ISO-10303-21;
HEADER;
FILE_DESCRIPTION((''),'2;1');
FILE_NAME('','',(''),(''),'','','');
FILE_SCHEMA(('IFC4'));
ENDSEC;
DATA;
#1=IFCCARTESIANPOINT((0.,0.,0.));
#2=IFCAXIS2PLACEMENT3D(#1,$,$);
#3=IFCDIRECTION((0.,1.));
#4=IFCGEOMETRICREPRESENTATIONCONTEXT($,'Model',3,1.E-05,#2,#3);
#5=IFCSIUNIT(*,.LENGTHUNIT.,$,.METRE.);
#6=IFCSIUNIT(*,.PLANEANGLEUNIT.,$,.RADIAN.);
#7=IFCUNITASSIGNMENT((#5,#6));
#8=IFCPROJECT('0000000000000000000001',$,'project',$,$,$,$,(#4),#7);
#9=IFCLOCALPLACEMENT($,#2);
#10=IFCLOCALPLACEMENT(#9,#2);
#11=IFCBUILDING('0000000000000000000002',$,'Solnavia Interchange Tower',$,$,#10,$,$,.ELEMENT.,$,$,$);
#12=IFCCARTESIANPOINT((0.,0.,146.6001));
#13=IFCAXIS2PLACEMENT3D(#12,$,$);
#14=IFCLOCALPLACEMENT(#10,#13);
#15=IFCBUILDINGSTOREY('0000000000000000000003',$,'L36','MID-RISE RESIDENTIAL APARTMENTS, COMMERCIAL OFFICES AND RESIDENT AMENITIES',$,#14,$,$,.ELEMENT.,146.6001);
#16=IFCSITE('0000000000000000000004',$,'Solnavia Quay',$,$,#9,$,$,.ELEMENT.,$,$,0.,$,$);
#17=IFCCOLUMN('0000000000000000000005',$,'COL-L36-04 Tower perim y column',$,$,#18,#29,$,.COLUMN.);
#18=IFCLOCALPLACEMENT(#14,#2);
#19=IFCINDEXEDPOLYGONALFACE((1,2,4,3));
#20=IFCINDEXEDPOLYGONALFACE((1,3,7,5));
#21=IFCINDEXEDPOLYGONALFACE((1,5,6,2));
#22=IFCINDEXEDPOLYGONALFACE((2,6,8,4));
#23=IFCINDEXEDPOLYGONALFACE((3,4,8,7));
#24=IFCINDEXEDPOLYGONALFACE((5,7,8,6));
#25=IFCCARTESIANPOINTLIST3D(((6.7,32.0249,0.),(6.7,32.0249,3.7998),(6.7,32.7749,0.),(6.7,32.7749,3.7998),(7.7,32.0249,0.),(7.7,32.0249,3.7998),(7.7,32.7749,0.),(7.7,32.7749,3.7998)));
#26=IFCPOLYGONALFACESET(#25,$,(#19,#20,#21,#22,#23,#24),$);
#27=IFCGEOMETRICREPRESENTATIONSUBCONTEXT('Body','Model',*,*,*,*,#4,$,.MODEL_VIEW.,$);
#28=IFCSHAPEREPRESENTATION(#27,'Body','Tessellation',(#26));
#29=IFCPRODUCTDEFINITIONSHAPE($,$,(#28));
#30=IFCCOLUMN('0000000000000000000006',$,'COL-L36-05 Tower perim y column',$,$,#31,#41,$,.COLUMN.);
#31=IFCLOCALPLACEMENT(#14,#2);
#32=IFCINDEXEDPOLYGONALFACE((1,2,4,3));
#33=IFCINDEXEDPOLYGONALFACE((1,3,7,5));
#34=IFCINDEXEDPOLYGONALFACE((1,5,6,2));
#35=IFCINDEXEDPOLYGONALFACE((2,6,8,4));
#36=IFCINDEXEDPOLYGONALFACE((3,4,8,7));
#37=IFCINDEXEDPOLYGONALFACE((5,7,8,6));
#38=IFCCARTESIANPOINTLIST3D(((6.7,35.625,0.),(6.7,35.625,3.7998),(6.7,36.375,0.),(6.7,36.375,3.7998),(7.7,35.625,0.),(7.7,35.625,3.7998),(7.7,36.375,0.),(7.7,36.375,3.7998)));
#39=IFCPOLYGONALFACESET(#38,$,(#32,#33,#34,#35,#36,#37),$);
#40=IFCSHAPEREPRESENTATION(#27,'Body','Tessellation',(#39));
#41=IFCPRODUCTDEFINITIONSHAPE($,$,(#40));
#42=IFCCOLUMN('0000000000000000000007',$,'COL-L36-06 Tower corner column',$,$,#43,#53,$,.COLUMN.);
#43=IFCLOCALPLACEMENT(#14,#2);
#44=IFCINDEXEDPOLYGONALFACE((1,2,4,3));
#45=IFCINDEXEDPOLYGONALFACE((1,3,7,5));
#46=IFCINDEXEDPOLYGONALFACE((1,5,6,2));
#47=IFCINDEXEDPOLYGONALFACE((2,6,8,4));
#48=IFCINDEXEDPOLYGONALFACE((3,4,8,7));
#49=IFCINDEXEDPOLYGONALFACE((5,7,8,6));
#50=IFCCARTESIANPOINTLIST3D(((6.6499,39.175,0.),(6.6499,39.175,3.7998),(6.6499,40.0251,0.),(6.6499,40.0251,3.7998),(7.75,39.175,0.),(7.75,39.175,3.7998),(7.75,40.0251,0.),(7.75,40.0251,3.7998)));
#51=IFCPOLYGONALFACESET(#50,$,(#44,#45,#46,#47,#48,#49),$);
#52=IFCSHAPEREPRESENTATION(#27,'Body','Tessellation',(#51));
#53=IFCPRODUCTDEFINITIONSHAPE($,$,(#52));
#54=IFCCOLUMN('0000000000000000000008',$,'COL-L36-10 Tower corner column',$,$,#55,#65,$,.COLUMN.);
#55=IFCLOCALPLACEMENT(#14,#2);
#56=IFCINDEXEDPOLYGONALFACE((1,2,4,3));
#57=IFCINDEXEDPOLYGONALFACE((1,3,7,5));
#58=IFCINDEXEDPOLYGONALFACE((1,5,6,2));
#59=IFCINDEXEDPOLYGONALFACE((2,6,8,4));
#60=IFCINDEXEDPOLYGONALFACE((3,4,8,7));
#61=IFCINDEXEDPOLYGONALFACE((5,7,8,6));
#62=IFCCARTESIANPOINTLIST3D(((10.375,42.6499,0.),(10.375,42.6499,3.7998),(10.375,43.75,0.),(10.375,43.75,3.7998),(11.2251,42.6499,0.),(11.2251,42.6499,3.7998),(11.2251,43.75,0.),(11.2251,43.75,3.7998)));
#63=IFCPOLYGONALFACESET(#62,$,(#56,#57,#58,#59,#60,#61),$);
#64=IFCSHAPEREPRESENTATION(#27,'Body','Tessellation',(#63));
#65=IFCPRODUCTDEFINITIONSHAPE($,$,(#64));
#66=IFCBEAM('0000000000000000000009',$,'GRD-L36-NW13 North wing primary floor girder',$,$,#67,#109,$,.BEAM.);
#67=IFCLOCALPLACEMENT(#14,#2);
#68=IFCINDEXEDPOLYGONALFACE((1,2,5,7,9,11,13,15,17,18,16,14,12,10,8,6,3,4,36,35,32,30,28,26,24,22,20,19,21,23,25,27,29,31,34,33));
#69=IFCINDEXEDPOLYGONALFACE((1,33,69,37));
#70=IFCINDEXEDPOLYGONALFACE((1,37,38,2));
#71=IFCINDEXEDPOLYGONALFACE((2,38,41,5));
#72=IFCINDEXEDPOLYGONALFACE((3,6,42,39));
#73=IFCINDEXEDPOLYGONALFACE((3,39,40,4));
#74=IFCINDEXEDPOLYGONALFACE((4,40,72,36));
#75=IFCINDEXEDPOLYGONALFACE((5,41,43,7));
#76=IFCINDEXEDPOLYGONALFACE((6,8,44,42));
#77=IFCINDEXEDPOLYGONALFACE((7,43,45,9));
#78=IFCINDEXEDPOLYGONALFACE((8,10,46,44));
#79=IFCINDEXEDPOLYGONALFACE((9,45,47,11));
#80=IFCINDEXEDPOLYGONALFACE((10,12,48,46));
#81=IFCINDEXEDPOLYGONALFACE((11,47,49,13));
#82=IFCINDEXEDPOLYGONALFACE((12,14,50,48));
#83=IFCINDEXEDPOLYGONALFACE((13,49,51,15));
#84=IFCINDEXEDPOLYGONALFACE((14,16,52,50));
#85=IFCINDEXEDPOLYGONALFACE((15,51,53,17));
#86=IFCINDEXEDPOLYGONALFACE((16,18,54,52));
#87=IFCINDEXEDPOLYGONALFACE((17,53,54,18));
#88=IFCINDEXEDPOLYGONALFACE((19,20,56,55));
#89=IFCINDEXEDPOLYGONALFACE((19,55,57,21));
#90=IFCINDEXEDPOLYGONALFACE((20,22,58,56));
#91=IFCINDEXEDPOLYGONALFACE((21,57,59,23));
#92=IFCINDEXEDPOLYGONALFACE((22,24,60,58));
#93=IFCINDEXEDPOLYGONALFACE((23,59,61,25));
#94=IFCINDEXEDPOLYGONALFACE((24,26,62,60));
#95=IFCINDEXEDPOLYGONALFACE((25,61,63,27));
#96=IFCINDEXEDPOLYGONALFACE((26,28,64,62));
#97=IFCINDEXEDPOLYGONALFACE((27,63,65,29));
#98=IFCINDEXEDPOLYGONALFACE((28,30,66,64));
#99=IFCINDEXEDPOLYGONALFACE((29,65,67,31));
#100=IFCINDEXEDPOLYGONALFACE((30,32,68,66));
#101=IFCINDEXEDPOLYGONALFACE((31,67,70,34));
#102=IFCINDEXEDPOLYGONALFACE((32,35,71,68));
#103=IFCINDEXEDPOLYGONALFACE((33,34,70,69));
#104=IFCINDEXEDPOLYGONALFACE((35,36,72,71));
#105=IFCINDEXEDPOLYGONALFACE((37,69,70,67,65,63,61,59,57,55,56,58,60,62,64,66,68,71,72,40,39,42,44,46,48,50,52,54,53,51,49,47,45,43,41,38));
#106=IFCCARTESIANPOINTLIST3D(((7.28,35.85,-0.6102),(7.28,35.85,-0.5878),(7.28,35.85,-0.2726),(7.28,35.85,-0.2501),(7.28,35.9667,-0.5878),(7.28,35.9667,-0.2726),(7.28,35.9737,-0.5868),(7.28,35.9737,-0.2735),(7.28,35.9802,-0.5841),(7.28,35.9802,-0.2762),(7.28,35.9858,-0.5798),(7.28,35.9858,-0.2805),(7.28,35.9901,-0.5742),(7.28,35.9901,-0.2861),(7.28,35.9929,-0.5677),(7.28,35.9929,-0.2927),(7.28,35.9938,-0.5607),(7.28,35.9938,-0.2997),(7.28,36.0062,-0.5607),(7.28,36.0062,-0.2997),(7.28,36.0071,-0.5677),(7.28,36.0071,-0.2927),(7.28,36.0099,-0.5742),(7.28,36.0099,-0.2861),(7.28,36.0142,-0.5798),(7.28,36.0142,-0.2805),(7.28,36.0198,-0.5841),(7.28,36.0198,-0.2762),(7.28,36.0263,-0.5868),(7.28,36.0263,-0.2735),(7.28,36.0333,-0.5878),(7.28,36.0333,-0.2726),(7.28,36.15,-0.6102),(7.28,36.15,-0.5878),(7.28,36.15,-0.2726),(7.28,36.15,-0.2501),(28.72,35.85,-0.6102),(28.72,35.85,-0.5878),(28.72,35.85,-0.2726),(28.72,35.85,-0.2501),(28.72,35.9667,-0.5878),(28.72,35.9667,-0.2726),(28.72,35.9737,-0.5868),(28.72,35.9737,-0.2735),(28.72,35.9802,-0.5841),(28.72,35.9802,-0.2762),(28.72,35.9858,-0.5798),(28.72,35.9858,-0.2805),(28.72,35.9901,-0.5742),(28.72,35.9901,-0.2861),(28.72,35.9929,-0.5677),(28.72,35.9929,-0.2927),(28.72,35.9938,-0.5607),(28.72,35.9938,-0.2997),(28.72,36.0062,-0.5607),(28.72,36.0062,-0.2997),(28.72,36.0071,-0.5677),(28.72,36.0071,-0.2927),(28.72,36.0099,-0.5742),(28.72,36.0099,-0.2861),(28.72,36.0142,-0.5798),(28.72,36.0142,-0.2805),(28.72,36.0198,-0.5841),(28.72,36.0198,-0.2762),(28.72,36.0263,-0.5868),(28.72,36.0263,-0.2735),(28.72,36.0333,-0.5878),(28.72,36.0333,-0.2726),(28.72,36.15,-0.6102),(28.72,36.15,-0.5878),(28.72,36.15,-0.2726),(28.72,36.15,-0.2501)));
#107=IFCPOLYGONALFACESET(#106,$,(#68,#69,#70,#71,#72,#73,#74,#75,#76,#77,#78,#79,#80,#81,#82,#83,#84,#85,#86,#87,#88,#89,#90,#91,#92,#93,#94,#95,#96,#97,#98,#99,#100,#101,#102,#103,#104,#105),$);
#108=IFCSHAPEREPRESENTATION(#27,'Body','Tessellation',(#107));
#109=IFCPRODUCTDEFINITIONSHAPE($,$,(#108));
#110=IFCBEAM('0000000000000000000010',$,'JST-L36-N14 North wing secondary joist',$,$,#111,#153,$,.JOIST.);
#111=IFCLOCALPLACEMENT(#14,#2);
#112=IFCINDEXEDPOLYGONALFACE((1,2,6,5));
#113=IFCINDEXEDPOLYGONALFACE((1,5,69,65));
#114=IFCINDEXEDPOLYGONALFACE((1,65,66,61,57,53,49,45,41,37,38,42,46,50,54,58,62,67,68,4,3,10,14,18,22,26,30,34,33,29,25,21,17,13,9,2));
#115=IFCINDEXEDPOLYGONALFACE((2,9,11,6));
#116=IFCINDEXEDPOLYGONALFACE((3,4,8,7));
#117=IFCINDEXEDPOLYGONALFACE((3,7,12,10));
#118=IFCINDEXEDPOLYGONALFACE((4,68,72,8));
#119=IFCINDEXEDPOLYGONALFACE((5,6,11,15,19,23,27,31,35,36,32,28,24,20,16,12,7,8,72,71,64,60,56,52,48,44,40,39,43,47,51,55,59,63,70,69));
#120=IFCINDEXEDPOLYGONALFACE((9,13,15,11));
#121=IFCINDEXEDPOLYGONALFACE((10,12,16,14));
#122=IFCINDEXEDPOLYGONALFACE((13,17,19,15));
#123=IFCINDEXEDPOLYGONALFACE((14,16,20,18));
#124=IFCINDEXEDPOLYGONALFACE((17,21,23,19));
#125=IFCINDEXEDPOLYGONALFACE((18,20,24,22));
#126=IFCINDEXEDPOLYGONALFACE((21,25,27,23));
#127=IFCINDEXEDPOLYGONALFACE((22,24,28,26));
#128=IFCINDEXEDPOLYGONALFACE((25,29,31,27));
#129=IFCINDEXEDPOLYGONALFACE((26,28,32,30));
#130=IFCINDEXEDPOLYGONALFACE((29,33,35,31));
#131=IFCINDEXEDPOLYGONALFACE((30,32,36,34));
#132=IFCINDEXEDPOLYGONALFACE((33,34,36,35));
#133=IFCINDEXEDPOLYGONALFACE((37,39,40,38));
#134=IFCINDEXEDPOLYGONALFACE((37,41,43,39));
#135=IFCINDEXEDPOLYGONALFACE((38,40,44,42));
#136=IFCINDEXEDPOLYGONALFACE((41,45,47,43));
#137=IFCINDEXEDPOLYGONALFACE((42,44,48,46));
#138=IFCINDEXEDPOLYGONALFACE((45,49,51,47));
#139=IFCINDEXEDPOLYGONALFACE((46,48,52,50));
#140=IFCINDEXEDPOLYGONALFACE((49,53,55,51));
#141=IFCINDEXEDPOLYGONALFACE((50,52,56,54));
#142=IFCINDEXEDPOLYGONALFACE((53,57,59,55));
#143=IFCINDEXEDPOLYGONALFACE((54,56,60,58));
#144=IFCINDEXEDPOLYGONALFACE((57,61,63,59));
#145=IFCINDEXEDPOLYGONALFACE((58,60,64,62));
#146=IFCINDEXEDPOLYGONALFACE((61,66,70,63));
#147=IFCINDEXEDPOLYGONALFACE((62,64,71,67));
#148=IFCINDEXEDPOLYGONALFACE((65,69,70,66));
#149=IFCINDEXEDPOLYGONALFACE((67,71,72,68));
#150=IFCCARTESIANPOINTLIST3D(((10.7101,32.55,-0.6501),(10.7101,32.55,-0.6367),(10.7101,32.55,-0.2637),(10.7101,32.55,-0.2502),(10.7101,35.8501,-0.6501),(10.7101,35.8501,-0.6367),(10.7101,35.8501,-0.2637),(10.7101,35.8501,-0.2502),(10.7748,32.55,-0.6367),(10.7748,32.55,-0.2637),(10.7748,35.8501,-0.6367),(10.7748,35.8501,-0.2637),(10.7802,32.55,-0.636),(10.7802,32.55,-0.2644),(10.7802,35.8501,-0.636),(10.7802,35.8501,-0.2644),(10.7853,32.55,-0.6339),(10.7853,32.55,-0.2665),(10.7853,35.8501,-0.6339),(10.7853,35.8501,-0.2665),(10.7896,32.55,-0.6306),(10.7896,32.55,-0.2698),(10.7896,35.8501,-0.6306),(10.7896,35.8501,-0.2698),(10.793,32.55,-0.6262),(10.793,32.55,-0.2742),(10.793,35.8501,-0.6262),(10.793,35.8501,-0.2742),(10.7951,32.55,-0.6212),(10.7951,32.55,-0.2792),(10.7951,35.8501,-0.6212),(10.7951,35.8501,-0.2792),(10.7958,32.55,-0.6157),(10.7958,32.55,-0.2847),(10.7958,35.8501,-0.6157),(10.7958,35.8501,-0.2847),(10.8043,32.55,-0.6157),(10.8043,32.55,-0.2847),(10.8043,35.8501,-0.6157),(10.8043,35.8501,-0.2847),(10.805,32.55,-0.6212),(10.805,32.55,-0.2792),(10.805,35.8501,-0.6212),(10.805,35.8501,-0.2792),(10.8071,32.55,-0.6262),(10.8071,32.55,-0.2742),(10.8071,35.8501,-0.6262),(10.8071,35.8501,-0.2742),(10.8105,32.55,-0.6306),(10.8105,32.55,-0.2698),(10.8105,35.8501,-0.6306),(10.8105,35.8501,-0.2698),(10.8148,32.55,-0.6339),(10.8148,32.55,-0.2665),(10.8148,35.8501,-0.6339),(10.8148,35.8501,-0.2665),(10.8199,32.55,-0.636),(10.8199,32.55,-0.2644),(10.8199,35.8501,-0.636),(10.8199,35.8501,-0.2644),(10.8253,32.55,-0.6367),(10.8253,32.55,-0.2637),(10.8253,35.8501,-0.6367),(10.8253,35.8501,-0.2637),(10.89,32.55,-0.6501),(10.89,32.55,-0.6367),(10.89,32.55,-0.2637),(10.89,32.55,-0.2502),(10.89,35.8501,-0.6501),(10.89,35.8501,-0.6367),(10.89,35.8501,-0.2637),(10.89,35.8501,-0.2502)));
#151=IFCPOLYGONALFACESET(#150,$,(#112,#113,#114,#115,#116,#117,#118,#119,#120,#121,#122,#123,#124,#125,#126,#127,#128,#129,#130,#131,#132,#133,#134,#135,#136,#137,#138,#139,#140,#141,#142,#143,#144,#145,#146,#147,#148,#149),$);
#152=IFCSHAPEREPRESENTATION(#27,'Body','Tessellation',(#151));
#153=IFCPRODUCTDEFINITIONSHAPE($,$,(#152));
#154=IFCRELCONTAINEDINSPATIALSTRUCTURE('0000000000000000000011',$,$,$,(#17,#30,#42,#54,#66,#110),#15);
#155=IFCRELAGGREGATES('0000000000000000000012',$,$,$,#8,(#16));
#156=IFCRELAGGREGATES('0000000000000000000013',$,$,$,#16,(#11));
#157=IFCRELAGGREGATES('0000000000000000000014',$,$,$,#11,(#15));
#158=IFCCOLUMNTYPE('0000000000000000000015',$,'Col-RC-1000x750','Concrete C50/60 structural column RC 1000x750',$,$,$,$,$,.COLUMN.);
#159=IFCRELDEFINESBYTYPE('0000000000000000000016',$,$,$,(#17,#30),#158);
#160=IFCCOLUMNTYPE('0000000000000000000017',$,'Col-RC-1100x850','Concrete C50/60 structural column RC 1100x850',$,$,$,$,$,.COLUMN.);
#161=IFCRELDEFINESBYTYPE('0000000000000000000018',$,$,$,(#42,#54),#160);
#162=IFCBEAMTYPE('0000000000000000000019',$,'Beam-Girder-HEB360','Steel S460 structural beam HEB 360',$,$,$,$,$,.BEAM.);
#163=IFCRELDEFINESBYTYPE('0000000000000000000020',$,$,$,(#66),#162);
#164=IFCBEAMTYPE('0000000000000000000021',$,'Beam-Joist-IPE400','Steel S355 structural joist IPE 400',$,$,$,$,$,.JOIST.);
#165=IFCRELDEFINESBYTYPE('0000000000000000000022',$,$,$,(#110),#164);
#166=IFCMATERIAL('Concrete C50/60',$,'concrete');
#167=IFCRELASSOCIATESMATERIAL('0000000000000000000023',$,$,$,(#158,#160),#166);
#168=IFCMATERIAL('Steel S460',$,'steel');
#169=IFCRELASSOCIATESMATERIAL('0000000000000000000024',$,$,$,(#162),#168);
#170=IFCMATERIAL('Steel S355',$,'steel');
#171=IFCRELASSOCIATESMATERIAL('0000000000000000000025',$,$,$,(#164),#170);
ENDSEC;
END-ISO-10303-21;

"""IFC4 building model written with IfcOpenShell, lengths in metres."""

from ifc_helpers import new_model, si_unit, direction, frame, origin, origin_2d, place, context, subcontext, project, spatial, rectangle, i_section, extrude, material, material_profile, profile_set, type_object, element, save


model = new_model("IFC4")

# Units and contexts
model_context = context("Model", 3, precision=1e-05, world=origin(), true_north=direction((0.0, 1.0)))
body_context = subcontext(model_context, "Body", "Model", "MODEL_VIEW")
ifc_project = project(units=[si_unit("LENGTHUNIT", "METRE"), si_unit("PLANEANGLEUNIT", "RADIAN")], contexts=[model_context])

# Site, building, storey
site_placement = place(None, origin())
site = spatial("IfcSite", under=ifc_project, at=site_placement, Name="Solnavia Quay", CompositionType="ELEMENT", RefElevation=0.0)
building_placement = place(site_placement, origin())
building = spatial("IfcBuilding", under=site, at=building_placement, Name="Solnavia Interchange Tower", CompositionType="ELEMENT")
storey_placement = place(building_placement, frame((0.0, 0.0, 146.6001)))
storey = spatial("IfcBuildingStorey", under=building, at=storey_placement, Name="L36", Description="MID-RISE RESIDENTIAL APARTMENTS, COMMERCIAL OFFICES AND RESIDENT AMENITIES", CompositionType="ELEMENT", Elevation=146.6001)

# Columns
ifc_material_1 = material(Name="Concrete C50/60", Category="concrete")
ifc_material_profile_1 = material_profile(ifc_material_1, rectangle(XDim=0.75, YDim=1.0, at=origin_2d()), Name="RC 1000x750")
ifc_profile_set_1 = profile_set([ifc_material_profile_1], Name="Concrete C50/60")
column_type_1 = type_object("IfcColumnType", Name="Col-RC-1000x750", Description="Concrete C50/60 structural column RC 1000x750", PredefinedType="COLUMN", material=ifc_profile_set_1)
for number, where, z_axis, x_axis, name in (
    (1, (7.2, 32.3999, 0.0), (0.0, 0.0, 1.0), (0.0, 1.0, 0.0), "COL-L36-04 Tower perim y column"),
    (2, (7.2, 36.0, 0.0), (0.0, 0.0, 1.0), (0.0, 1.0, 0.0), "COL-L36-05 Tower perim y column"),
):
    element("IfcColumn", number, at=place(storey_placement, frame(where, z_axis=z_axis, x_axis=x_axis)), inside=storey, type_object=column_type_1, Name=name, PredefinedType="COLUMN", context=body_context, shape_type="SweptSolid", body=[
        extrude(rectangle(XDim=0.75, YDim=1.0, at=origin_2d()), origin(), (0.0, 0.0, 1.0), 3.7998),
    ])
ifc_material_profile_2 = material_profile(ifc_material_1, rectangle(XDim=0.8501, YDim=1.1001, at=origin_2d()), Name="RC 1100x850")
ifc_profile_set_2 = profile_set([ifc_material_profile_2], Name="Concrete C50/60")
column_type_2 = type_object("IfcColumnType", Name="Col-RC-1100x850", Description="Concrete C50/60 structural column RC 1100x850", PredefinedType="COLUMN", material=ifc_profile_set_2)
for number, where, z_axis, x_axis, name in (
    (3, (7.2, 39.6001, 0.0), (0.0, 0.0, 1.0), (0.0, 1.0, 0.0), "COL-L36-06 Tower corner column"),
    (4, (10.8, 43.2, 0.0), (0.0, 0.0, 1.0), (1.0, 0.0, 0.0), "COL-L36-10 Tower corner column"),
):
    element("IfcColumn", number, at=place(storey_placement, frame(where, z_axis=z_axis, x_axis=x_axis)), inside=storey, type_object=column_type_2, Name=name, PredefinedType="COLUMN", context=body_context, shape_type="SweptSolid", body=[
        extrude(rectangle(XDim=0.8501, YDim=1.1001, at=origin_2d()), origin(), (0.0, 0.0, 1.0), 3.7998),
    ])

# Beams
ifc_material_2 = material(Name="Steel S460", Category="steel")
ifc_material_profile_3 = material_profile(ifc_material_2, i_section(OverallWidth=0.3, OverallDepth=0.3601, WebThickness=0.0125, FlangeThickness=0.0225, FilletRadius=0.0271, at=origin_2d()), Name="HEB 360")
ifc_profile_set_3 = profile_set([ifc_material_profile_3], Name="Steel S460")
beam_type_1 = type_object("IfcBeamType", Name="Beam-Girder-HEB360", Description="Steel S460 structural beam HEB 360", PredefinedType="BEAM", material=ifc_profile_set_3)
beam_1_placement = place(storey_placement, frame((7.28, 36.0, -0.4302), z_axis=(1.0, 0.0, 0.0), x_axis=(0.0, 1.0, 0.0)))
element("IfcBeam", 5, at=beam_1_placement, inside=storey, type_object=beam_type_1, Name="GRD-L36-NW13 North wing primary floor girder", PredefinedType="BEAM", context=body_context, shape_type="SweptSolid", body=[
    extrude(i_section(OverallWidth=0.3, OverallDepth=0.3601, WebThickness=0.0125, FlangeThickness=0.0225, FilletRadius=0.0271, at=origin_2d()), origin(), (0.0, 0.0, 1.0), 21.4399),
])
ifc_material_3 = material(Name="Steel S355", Category="steel")
ifc_material_profile_4 = material_profile(ifc_material_3, i_section(OverallWidth=0.1799, OverallDepth=0.3999, WebThickness=0.0085, FlangeThickness=0.0134, FilletRadius=0.021, at=origin_2d()), Name="IPE 400")
ifc_profile_set_4 = profile_set([ifc_material_profile_4], Name="Steel S355")
beam_type_2 = type_object("IfcBeamType", Name="Beam-Joist-IPE400", Description="Steel S355 structural joist IPE 400", PredefinedType="JOIST", material=ifc_profile_set_4)
beam_2_placement = place(storey_placement, frame((10.8, 32.55, -0.4502), z_axis=(0.0, 1.0, 0.0), x_axis=(-1.0, 0.0, 0.0)))
element("IfcBeam", 6, at=beam_2_placement, inside=storey, type_object=beam_type_2, Name="JST-L36-N14 North wing secondary joist", PredefinedType="JOIST", context=body_context, shape_type="SweptSolid", body=[
    extrude(i_section(OverallWidth=0.1799, OverallDepth=0.3999, WebThickness=0.0085, FlangeThickness=0.0134, FilletRadius=0.021, at=origin_2d()), origin(), (0.0, 0.0, 1.0), 3.3),
])

save(model, "model.ifc")
